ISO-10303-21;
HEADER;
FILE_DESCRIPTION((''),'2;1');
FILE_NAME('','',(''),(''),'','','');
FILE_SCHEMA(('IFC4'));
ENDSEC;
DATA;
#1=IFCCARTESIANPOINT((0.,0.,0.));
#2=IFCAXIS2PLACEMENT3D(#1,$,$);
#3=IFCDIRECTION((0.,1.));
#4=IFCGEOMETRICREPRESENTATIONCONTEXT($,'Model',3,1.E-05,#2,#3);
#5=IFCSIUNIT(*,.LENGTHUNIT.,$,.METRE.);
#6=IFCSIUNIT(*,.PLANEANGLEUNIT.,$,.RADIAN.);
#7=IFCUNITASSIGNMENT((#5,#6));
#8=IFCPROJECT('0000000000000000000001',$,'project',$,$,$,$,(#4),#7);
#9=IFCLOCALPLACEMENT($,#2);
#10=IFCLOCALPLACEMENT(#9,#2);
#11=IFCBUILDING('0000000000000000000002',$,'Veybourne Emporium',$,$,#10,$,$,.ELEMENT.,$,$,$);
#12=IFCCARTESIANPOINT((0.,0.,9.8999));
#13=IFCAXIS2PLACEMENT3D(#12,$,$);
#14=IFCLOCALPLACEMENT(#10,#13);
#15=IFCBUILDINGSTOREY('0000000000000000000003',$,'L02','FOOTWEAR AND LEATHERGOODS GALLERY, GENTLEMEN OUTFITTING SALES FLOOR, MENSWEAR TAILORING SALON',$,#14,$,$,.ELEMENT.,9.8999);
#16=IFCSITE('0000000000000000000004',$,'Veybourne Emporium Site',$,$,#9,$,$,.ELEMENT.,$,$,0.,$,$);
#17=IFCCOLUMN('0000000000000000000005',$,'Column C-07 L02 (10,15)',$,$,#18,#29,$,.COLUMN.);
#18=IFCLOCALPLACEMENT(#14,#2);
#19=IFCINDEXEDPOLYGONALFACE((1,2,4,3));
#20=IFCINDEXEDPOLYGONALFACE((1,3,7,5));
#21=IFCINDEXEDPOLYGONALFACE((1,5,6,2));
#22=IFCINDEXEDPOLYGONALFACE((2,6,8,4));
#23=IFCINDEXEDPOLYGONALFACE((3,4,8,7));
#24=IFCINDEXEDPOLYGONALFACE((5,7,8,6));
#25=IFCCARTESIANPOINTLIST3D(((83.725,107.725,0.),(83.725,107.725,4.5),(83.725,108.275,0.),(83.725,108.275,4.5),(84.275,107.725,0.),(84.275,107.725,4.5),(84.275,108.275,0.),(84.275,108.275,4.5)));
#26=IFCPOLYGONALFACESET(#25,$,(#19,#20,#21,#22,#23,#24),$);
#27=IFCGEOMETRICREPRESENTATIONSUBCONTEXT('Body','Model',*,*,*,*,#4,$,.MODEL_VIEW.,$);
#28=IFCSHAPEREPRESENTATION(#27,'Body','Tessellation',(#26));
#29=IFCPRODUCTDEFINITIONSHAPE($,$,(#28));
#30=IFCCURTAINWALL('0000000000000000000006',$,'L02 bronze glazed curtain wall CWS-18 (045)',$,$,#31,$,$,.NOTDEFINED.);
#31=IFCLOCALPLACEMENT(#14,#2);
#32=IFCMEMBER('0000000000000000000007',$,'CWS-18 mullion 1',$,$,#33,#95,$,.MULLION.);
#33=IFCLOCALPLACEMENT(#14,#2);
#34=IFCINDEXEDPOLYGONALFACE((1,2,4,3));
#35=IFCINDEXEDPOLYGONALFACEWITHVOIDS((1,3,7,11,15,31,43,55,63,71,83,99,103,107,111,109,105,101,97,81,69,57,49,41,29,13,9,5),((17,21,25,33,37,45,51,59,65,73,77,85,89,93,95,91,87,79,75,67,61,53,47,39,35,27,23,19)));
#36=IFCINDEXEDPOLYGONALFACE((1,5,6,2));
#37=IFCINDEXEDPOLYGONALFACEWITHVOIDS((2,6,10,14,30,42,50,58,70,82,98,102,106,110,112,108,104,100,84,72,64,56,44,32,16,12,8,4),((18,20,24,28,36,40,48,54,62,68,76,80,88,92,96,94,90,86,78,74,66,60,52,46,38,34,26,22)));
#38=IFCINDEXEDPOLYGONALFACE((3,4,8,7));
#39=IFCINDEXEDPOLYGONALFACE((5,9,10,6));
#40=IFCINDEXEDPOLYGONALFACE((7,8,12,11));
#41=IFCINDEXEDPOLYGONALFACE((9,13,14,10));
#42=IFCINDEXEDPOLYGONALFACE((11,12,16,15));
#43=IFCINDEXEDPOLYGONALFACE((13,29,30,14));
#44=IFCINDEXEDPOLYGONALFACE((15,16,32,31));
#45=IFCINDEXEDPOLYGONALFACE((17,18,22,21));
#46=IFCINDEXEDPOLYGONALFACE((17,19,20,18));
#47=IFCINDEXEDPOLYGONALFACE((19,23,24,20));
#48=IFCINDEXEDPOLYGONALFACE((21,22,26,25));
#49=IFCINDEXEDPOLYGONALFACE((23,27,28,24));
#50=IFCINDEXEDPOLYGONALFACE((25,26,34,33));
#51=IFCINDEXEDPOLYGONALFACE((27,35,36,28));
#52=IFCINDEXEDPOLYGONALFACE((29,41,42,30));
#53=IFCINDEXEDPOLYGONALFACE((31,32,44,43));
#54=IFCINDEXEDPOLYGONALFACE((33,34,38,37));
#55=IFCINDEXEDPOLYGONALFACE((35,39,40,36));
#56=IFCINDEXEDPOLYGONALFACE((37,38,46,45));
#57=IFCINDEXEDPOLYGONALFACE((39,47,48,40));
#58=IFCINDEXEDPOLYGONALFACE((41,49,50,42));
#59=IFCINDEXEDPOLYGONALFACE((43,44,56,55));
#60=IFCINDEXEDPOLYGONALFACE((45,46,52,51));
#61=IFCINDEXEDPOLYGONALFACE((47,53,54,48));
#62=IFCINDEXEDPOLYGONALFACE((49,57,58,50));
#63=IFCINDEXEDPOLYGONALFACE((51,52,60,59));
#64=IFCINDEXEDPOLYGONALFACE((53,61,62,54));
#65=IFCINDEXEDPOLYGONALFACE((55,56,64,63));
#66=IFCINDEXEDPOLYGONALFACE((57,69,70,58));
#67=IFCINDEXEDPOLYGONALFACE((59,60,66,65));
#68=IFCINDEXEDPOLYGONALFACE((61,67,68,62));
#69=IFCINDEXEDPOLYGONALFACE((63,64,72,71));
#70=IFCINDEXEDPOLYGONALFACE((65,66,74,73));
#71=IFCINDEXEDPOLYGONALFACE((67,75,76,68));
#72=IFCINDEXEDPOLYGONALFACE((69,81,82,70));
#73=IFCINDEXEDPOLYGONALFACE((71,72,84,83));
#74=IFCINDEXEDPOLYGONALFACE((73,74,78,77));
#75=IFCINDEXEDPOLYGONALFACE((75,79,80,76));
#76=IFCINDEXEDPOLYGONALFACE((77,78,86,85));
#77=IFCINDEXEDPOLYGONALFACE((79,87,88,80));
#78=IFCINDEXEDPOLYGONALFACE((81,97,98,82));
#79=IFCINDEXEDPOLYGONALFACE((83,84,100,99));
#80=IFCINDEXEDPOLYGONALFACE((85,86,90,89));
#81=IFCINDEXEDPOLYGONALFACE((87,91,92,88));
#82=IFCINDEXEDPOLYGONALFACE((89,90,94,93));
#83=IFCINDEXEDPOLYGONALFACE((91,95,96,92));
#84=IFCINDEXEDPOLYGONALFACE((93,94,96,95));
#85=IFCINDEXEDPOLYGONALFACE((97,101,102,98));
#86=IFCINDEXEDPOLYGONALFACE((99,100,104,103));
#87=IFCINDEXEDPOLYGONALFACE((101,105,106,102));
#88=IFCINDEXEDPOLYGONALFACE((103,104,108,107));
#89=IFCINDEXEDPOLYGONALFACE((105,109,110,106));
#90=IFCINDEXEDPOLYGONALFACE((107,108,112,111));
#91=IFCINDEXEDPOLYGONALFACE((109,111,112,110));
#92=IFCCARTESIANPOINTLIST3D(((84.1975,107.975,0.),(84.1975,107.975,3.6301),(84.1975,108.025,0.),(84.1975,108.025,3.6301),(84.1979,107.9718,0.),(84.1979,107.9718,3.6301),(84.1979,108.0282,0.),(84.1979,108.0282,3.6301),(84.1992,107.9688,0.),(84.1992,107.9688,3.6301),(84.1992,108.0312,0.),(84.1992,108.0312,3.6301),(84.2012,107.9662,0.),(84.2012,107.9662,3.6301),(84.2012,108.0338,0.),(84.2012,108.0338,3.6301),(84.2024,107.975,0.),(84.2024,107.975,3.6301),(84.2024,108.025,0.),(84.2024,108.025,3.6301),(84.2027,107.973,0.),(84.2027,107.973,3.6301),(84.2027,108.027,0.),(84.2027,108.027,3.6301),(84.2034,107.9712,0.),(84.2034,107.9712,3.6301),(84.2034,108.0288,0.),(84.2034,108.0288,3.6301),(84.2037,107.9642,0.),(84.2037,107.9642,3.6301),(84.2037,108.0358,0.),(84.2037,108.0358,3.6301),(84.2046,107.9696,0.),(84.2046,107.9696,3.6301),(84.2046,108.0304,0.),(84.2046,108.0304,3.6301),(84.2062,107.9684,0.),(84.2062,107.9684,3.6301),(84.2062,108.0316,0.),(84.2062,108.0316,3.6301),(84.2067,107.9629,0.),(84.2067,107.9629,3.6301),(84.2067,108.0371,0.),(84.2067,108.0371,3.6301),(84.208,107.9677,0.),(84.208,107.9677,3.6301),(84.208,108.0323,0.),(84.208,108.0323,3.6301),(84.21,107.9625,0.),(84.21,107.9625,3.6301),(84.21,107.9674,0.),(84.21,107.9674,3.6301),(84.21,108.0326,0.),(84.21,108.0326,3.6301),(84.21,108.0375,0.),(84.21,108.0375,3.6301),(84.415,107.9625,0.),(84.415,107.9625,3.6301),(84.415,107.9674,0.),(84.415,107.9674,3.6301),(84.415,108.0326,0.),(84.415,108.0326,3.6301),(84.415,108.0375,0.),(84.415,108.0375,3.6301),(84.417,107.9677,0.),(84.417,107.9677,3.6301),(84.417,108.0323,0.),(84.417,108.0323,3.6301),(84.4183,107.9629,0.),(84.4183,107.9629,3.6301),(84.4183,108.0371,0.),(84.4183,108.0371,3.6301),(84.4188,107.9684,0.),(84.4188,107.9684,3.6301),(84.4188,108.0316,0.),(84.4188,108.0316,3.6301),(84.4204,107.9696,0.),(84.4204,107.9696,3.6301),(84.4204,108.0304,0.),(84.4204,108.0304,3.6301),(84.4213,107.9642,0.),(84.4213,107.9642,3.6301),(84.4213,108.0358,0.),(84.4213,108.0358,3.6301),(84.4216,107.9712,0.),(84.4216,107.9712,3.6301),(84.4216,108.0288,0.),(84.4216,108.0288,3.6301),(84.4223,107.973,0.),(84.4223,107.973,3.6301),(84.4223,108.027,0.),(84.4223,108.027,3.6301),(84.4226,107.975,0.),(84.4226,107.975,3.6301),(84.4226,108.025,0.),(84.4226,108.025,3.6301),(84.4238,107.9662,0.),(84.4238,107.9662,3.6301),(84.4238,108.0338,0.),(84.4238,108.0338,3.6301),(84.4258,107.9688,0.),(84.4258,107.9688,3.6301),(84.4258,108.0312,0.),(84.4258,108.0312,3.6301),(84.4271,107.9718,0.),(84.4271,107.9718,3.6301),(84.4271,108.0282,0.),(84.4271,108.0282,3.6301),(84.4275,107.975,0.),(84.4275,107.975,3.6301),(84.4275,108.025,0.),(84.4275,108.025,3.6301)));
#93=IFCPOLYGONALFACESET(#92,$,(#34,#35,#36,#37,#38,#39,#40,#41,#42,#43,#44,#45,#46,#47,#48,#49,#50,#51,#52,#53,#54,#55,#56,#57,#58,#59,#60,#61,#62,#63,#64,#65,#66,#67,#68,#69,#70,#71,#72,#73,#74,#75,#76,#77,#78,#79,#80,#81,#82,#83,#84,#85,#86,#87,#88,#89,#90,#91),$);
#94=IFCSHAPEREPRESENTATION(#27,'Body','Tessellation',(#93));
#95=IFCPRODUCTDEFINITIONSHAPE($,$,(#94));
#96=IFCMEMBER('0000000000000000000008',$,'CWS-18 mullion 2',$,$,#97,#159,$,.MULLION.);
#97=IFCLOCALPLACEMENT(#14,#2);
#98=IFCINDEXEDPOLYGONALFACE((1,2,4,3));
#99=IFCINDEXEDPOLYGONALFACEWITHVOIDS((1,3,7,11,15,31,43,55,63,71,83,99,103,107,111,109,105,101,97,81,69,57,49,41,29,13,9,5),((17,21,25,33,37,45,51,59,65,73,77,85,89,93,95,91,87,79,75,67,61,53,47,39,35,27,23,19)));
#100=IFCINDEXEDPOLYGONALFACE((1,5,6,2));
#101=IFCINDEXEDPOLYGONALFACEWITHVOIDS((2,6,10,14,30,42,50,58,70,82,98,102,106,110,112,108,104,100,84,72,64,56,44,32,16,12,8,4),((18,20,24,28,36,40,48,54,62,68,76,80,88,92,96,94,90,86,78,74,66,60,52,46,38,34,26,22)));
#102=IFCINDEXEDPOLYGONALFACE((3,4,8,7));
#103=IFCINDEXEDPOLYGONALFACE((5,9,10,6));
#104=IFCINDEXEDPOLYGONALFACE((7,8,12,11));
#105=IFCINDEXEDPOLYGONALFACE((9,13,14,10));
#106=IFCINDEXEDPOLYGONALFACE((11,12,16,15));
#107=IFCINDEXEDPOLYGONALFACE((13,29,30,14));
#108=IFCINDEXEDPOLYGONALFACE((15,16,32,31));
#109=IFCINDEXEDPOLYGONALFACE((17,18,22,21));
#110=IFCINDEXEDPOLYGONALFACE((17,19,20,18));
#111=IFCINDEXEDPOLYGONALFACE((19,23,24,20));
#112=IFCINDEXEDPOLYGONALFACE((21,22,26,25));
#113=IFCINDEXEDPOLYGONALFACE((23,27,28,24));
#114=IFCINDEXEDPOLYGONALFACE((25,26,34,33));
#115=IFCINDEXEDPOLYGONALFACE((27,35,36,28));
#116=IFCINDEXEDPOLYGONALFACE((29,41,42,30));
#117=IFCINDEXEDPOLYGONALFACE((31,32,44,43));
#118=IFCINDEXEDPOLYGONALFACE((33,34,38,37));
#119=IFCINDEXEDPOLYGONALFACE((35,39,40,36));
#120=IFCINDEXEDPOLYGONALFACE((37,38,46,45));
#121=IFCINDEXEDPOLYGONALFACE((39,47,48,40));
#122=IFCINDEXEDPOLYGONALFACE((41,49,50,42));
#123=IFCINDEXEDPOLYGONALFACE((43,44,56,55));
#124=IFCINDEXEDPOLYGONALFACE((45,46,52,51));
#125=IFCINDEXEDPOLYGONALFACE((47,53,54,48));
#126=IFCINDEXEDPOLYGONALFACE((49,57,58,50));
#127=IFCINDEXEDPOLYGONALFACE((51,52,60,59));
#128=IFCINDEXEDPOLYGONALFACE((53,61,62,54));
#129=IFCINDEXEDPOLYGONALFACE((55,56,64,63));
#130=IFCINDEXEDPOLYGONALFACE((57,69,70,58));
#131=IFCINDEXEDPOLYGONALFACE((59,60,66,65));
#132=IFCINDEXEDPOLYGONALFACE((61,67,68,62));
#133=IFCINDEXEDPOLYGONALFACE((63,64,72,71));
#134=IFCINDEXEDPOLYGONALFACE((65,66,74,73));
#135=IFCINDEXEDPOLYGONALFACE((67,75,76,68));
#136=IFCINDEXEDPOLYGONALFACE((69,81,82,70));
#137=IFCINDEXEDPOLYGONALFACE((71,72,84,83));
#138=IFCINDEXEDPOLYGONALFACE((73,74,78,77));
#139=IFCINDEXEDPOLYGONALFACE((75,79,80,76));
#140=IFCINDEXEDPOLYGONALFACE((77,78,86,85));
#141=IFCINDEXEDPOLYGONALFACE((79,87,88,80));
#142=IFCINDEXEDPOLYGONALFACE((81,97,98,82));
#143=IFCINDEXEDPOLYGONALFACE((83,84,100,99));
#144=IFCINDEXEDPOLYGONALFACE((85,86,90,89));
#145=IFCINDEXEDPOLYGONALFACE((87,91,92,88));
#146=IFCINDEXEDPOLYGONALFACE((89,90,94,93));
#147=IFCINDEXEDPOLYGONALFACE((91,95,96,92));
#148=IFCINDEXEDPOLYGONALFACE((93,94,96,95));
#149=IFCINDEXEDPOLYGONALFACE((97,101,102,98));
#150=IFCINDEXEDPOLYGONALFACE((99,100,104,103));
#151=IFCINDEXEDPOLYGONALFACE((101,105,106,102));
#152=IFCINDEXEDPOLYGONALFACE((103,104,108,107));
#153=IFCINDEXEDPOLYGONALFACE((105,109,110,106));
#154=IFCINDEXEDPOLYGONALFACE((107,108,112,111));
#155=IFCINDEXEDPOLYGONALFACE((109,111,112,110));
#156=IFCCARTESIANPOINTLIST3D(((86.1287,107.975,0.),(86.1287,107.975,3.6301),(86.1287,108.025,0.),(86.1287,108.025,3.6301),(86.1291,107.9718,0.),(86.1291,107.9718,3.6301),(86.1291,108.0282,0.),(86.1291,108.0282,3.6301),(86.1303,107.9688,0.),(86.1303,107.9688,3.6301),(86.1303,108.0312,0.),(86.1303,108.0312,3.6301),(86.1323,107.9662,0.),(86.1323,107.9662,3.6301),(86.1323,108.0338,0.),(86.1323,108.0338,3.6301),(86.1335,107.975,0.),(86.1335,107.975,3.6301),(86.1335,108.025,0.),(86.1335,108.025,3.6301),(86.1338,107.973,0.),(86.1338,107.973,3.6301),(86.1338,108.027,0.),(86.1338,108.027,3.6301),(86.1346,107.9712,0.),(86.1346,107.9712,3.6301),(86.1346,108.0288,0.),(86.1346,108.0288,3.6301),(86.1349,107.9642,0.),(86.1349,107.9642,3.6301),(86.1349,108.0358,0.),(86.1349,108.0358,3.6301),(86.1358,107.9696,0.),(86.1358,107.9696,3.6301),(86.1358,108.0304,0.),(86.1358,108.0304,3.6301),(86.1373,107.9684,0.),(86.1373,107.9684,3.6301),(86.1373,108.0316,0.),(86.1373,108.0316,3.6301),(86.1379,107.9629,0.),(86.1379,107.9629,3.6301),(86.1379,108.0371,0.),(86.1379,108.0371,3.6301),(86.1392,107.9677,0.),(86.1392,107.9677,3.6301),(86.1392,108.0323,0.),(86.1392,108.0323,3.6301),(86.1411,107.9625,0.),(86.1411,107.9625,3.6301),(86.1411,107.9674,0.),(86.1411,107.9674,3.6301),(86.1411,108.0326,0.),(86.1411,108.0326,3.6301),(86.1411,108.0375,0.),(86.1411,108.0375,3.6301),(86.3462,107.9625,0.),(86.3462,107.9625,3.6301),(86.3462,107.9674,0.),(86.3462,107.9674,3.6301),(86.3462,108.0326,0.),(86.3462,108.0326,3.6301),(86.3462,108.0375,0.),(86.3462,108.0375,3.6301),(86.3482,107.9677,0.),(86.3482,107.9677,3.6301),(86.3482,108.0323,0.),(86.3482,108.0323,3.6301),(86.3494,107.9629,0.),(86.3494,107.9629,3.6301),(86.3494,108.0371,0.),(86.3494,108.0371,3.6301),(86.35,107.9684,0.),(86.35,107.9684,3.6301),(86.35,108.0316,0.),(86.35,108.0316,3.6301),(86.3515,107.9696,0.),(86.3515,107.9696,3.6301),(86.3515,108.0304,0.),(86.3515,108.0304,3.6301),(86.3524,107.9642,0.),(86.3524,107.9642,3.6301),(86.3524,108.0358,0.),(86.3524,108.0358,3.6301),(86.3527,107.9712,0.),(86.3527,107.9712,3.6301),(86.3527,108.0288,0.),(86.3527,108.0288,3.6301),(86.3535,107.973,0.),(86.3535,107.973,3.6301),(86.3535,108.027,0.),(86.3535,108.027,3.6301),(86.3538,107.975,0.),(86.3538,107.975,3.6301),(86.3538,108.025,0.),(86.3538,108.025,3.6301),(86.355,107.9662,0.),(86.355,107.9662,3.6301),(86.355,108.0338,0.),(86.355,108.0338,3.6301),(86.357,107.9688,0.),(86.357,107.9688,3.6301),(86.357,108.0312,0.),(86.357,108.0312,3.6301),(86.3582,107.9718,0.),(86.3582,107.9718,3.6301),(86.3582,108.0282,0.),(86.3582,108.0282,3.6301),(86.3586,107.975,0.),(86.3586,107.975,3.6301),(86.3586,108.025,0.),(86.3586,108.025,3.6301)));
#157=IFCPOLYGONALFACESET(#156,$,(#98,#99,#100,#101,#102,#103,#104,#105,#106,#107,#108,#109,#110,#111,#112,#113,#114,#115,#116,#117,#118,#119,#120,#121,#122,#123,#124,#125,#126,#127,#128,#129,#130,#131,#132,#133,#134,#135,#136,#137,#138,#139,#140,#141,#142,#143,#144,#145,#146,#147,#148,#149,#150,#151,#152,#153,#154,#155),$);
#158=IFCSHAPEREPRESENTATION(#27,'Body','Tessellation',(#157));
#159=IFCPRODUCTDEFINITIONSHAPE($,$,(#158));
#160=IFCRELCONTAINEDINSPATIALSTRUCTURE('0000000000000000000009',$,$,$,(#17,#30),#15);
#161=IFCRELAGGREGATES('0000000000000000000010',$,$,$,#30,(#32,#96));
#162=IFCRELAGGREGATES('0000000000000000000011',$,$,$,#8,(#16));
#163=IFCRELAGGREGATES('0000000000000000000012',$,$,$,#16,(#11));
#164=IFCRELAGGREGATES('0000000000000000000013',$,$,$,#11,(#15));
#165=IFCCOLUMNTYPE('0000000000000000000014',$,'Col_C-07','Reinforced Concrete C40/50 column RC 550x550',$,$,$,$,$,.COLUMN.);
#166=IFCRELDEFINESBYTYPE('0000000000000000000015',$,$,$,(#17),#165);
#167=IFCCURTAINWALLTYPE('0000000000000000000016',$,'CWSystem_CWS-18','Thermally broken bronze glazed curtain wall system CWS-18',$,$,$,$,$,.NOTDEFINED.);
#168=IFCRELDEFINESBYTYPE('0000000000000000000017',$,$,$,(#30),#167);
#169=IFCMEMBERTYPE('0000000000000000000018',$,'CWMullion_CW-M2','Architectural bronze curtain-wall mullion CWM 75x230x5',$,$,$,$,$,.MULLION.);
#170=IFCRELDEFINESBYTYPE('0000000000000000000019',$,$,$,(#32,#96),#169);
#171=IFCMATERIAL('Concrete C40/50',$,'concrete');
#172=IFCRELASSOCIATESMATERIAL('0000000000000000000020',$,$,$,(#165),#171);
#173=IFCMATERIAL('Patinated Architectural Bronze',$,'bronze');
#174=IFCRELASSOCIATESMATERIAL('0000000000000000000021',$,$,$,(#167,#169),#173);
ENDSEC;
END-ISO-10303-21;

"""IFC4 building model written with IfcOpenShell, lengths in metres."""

from ifc_helpers import new_model, si_unit, direction, frame, origin, origin_2d, place, context, subcontext, project, spatial, rectangle, hollow_rectangle, extrude, material, material_profile, profile_set, type_object, element, aggregate, save


model = new_model("IFC4")

# Units and contexts
model_context = context("Model", 3, precision=1e-05, world=origin(), true_north=direction((0.0, 1.0)))
body_context = subcontext(model_context, "Body", "Model", "MODEL_VIEW")
ifc_project = project(units=[si_unit("LENGTHUNIT", "METRE"), si_unit("PLANEANGLEUNIT", "RADIAN")], contexts=[model_context])

# Site, building, storey
site_placement = place(None, origin())
site = spatial("IfcSite", under=ifc_project, at=site_placement, Name="Veybourne Emporium Site", CompositionType="ELEMENT", RefElevation=0.0)
building_placement = place(site_placement, origin())
building = spatial("IfcBuilding", under=site, at=building_placement, Name="Veybourne Emporium", CompositionType="ELEMENT")
storey_placement = place(building_placement, frame((0.0, 0.0, 9.8999)))
storey = spatial("IfcBuildingStorey", under=building, at=storey_placement, Name="L02", Description="FOOTWEAR AND LEATHERGOODS GALLERY, GENTLEMEN OUTFITTING SALES FLOOR, MENSWEAR TAILORING SALON", CompositionType="ELEMENT", Elevation=9.8999)

# Column
ifc_material_1 = material(Name="Concrete C40/50", Category="concrete")
ifc_material_profile_1 = material_profile(ifc_material_1, rectangle(XDim=0.55, YDim=0.55, at=origin_2d()), Name="RC 550x550")
ifc_profile_set_1 = profile_set([ifc_material_profile_1], Name="Concrete C40/50")
column_type = type_object("IfcColumnType", Name="Col_C-07", Description="Reinforced Concrete C40/50 column RC 550x550", PredefinedType="COLUMN", material=ifc_profile_set_1)
column_placement = place(storey_placement, frame((84.0, 108.0, 0.0), z_axis=(0.0, 0.0, 1.0), x_axis=(1.0, 0.0, 0.0)))
element("IfcColumn", 1, at=column_placement, inside=storey, type_object=column_type, Name="Column C-07 L02 (10,15)", PredefinedType="COLUMN", context=body_context, shape_type="SweptSolid", body=[
    extrude(rectangle(XDim=0.55, YDim=0.55, at=origin_2d()), origin(), (0.0, 0.0, 1.0), 4.5),
])

# Curtain wall, members
ifc_material_2 = material(Name="Patinated Architectural Bronze", Category="bronze")
curtain_wall_type = type_object("IfcCurtainWallType", Name="CWSystem_CWS-18", Description="Thermally broken bronze glazed curtain wall system CWS-18", PredefinedType="NOTDEFINED", material=ifc_material_2)
curtain_wall_placement = place(storey_placement, origin())
curtain_wall = element("IfcCurtainWall", 2, at=curtain_wall_placement, inside=storey, type_object=curtain_wall_type, Name="L02 bronze glazed curtain wall CWS-18 (045)", PredefinedType="NOTDEFINED")
ifc_material_profile_2 = material_profile(ifc_material_2, hollow_rectangle(XDim=0.075, YDim=0.23, WallThickness=0.0049, InnerFilletRadius=0.0076, OuterFilletRadius=0.0125, at=origin_2d()), Name="CWM 75x230x5")
ifc_profile_set_2 = profile_set([ifc_material_profile_2], Name="Patinated Architectural Bronze")
member_type_1 = type_object("IfcMemberType", Name="CWMullion_CW-M2", Description="Architectural bronze curtain-wall mullion CWM 75x230x5", PredefinedType="MULLION", material=ifc_profile_set_2)
member_1_placement = place(storey_placement, frame((84.3125, 108.0, 0.0), z_axis=(0.0, 0.0, 1.0), x_axis=(0.0, 1.0, 0.0)))
member_1 = element("IfcMember", 3, at=member_1_placement, type_object=member_type_1, Name="CWS-18 mullion 1", PredefinedType="MULLION", context=body_context, shape_type="SweptSolid", body=[
    extrude(hollow_rectangle(XDim=0.075, YDim=0.23, WallThickness=0.0049, InnerFilletRadius=0.0076, OuterFilletRadius=0.0125, at=origin_2d()), origin(), (0.0, 0.0, 1.0), 3.6301),
])
member_2_placement = place(storey_placement, frame((86.2437, 108.0, 0.0), z_axis=(0.0, 0.0, 1.0), x_axis=(0.0, 1.0, 0.0)))
member_2 = element("IfcMember", 4, at=member_2_placement, type_object=member_type_1, Name="CWS-18 mullion 2", PredefinedType="MULLION", context=body_context, shape_type="SweptSolid", body=[
    extrude(hollow_rectangle(XDim=0.075, YDim=0.23, WallThickness=0.0049, InnerFilletRadius=0.0076, OuterFilletRadius=0.0125, at=origin_2d()), origin(), (0.0, 0.0, 1.0), 3.6301),
])

aggregate(curtain_wall, [member_1, member_2])

save(model, "model.ifc")
